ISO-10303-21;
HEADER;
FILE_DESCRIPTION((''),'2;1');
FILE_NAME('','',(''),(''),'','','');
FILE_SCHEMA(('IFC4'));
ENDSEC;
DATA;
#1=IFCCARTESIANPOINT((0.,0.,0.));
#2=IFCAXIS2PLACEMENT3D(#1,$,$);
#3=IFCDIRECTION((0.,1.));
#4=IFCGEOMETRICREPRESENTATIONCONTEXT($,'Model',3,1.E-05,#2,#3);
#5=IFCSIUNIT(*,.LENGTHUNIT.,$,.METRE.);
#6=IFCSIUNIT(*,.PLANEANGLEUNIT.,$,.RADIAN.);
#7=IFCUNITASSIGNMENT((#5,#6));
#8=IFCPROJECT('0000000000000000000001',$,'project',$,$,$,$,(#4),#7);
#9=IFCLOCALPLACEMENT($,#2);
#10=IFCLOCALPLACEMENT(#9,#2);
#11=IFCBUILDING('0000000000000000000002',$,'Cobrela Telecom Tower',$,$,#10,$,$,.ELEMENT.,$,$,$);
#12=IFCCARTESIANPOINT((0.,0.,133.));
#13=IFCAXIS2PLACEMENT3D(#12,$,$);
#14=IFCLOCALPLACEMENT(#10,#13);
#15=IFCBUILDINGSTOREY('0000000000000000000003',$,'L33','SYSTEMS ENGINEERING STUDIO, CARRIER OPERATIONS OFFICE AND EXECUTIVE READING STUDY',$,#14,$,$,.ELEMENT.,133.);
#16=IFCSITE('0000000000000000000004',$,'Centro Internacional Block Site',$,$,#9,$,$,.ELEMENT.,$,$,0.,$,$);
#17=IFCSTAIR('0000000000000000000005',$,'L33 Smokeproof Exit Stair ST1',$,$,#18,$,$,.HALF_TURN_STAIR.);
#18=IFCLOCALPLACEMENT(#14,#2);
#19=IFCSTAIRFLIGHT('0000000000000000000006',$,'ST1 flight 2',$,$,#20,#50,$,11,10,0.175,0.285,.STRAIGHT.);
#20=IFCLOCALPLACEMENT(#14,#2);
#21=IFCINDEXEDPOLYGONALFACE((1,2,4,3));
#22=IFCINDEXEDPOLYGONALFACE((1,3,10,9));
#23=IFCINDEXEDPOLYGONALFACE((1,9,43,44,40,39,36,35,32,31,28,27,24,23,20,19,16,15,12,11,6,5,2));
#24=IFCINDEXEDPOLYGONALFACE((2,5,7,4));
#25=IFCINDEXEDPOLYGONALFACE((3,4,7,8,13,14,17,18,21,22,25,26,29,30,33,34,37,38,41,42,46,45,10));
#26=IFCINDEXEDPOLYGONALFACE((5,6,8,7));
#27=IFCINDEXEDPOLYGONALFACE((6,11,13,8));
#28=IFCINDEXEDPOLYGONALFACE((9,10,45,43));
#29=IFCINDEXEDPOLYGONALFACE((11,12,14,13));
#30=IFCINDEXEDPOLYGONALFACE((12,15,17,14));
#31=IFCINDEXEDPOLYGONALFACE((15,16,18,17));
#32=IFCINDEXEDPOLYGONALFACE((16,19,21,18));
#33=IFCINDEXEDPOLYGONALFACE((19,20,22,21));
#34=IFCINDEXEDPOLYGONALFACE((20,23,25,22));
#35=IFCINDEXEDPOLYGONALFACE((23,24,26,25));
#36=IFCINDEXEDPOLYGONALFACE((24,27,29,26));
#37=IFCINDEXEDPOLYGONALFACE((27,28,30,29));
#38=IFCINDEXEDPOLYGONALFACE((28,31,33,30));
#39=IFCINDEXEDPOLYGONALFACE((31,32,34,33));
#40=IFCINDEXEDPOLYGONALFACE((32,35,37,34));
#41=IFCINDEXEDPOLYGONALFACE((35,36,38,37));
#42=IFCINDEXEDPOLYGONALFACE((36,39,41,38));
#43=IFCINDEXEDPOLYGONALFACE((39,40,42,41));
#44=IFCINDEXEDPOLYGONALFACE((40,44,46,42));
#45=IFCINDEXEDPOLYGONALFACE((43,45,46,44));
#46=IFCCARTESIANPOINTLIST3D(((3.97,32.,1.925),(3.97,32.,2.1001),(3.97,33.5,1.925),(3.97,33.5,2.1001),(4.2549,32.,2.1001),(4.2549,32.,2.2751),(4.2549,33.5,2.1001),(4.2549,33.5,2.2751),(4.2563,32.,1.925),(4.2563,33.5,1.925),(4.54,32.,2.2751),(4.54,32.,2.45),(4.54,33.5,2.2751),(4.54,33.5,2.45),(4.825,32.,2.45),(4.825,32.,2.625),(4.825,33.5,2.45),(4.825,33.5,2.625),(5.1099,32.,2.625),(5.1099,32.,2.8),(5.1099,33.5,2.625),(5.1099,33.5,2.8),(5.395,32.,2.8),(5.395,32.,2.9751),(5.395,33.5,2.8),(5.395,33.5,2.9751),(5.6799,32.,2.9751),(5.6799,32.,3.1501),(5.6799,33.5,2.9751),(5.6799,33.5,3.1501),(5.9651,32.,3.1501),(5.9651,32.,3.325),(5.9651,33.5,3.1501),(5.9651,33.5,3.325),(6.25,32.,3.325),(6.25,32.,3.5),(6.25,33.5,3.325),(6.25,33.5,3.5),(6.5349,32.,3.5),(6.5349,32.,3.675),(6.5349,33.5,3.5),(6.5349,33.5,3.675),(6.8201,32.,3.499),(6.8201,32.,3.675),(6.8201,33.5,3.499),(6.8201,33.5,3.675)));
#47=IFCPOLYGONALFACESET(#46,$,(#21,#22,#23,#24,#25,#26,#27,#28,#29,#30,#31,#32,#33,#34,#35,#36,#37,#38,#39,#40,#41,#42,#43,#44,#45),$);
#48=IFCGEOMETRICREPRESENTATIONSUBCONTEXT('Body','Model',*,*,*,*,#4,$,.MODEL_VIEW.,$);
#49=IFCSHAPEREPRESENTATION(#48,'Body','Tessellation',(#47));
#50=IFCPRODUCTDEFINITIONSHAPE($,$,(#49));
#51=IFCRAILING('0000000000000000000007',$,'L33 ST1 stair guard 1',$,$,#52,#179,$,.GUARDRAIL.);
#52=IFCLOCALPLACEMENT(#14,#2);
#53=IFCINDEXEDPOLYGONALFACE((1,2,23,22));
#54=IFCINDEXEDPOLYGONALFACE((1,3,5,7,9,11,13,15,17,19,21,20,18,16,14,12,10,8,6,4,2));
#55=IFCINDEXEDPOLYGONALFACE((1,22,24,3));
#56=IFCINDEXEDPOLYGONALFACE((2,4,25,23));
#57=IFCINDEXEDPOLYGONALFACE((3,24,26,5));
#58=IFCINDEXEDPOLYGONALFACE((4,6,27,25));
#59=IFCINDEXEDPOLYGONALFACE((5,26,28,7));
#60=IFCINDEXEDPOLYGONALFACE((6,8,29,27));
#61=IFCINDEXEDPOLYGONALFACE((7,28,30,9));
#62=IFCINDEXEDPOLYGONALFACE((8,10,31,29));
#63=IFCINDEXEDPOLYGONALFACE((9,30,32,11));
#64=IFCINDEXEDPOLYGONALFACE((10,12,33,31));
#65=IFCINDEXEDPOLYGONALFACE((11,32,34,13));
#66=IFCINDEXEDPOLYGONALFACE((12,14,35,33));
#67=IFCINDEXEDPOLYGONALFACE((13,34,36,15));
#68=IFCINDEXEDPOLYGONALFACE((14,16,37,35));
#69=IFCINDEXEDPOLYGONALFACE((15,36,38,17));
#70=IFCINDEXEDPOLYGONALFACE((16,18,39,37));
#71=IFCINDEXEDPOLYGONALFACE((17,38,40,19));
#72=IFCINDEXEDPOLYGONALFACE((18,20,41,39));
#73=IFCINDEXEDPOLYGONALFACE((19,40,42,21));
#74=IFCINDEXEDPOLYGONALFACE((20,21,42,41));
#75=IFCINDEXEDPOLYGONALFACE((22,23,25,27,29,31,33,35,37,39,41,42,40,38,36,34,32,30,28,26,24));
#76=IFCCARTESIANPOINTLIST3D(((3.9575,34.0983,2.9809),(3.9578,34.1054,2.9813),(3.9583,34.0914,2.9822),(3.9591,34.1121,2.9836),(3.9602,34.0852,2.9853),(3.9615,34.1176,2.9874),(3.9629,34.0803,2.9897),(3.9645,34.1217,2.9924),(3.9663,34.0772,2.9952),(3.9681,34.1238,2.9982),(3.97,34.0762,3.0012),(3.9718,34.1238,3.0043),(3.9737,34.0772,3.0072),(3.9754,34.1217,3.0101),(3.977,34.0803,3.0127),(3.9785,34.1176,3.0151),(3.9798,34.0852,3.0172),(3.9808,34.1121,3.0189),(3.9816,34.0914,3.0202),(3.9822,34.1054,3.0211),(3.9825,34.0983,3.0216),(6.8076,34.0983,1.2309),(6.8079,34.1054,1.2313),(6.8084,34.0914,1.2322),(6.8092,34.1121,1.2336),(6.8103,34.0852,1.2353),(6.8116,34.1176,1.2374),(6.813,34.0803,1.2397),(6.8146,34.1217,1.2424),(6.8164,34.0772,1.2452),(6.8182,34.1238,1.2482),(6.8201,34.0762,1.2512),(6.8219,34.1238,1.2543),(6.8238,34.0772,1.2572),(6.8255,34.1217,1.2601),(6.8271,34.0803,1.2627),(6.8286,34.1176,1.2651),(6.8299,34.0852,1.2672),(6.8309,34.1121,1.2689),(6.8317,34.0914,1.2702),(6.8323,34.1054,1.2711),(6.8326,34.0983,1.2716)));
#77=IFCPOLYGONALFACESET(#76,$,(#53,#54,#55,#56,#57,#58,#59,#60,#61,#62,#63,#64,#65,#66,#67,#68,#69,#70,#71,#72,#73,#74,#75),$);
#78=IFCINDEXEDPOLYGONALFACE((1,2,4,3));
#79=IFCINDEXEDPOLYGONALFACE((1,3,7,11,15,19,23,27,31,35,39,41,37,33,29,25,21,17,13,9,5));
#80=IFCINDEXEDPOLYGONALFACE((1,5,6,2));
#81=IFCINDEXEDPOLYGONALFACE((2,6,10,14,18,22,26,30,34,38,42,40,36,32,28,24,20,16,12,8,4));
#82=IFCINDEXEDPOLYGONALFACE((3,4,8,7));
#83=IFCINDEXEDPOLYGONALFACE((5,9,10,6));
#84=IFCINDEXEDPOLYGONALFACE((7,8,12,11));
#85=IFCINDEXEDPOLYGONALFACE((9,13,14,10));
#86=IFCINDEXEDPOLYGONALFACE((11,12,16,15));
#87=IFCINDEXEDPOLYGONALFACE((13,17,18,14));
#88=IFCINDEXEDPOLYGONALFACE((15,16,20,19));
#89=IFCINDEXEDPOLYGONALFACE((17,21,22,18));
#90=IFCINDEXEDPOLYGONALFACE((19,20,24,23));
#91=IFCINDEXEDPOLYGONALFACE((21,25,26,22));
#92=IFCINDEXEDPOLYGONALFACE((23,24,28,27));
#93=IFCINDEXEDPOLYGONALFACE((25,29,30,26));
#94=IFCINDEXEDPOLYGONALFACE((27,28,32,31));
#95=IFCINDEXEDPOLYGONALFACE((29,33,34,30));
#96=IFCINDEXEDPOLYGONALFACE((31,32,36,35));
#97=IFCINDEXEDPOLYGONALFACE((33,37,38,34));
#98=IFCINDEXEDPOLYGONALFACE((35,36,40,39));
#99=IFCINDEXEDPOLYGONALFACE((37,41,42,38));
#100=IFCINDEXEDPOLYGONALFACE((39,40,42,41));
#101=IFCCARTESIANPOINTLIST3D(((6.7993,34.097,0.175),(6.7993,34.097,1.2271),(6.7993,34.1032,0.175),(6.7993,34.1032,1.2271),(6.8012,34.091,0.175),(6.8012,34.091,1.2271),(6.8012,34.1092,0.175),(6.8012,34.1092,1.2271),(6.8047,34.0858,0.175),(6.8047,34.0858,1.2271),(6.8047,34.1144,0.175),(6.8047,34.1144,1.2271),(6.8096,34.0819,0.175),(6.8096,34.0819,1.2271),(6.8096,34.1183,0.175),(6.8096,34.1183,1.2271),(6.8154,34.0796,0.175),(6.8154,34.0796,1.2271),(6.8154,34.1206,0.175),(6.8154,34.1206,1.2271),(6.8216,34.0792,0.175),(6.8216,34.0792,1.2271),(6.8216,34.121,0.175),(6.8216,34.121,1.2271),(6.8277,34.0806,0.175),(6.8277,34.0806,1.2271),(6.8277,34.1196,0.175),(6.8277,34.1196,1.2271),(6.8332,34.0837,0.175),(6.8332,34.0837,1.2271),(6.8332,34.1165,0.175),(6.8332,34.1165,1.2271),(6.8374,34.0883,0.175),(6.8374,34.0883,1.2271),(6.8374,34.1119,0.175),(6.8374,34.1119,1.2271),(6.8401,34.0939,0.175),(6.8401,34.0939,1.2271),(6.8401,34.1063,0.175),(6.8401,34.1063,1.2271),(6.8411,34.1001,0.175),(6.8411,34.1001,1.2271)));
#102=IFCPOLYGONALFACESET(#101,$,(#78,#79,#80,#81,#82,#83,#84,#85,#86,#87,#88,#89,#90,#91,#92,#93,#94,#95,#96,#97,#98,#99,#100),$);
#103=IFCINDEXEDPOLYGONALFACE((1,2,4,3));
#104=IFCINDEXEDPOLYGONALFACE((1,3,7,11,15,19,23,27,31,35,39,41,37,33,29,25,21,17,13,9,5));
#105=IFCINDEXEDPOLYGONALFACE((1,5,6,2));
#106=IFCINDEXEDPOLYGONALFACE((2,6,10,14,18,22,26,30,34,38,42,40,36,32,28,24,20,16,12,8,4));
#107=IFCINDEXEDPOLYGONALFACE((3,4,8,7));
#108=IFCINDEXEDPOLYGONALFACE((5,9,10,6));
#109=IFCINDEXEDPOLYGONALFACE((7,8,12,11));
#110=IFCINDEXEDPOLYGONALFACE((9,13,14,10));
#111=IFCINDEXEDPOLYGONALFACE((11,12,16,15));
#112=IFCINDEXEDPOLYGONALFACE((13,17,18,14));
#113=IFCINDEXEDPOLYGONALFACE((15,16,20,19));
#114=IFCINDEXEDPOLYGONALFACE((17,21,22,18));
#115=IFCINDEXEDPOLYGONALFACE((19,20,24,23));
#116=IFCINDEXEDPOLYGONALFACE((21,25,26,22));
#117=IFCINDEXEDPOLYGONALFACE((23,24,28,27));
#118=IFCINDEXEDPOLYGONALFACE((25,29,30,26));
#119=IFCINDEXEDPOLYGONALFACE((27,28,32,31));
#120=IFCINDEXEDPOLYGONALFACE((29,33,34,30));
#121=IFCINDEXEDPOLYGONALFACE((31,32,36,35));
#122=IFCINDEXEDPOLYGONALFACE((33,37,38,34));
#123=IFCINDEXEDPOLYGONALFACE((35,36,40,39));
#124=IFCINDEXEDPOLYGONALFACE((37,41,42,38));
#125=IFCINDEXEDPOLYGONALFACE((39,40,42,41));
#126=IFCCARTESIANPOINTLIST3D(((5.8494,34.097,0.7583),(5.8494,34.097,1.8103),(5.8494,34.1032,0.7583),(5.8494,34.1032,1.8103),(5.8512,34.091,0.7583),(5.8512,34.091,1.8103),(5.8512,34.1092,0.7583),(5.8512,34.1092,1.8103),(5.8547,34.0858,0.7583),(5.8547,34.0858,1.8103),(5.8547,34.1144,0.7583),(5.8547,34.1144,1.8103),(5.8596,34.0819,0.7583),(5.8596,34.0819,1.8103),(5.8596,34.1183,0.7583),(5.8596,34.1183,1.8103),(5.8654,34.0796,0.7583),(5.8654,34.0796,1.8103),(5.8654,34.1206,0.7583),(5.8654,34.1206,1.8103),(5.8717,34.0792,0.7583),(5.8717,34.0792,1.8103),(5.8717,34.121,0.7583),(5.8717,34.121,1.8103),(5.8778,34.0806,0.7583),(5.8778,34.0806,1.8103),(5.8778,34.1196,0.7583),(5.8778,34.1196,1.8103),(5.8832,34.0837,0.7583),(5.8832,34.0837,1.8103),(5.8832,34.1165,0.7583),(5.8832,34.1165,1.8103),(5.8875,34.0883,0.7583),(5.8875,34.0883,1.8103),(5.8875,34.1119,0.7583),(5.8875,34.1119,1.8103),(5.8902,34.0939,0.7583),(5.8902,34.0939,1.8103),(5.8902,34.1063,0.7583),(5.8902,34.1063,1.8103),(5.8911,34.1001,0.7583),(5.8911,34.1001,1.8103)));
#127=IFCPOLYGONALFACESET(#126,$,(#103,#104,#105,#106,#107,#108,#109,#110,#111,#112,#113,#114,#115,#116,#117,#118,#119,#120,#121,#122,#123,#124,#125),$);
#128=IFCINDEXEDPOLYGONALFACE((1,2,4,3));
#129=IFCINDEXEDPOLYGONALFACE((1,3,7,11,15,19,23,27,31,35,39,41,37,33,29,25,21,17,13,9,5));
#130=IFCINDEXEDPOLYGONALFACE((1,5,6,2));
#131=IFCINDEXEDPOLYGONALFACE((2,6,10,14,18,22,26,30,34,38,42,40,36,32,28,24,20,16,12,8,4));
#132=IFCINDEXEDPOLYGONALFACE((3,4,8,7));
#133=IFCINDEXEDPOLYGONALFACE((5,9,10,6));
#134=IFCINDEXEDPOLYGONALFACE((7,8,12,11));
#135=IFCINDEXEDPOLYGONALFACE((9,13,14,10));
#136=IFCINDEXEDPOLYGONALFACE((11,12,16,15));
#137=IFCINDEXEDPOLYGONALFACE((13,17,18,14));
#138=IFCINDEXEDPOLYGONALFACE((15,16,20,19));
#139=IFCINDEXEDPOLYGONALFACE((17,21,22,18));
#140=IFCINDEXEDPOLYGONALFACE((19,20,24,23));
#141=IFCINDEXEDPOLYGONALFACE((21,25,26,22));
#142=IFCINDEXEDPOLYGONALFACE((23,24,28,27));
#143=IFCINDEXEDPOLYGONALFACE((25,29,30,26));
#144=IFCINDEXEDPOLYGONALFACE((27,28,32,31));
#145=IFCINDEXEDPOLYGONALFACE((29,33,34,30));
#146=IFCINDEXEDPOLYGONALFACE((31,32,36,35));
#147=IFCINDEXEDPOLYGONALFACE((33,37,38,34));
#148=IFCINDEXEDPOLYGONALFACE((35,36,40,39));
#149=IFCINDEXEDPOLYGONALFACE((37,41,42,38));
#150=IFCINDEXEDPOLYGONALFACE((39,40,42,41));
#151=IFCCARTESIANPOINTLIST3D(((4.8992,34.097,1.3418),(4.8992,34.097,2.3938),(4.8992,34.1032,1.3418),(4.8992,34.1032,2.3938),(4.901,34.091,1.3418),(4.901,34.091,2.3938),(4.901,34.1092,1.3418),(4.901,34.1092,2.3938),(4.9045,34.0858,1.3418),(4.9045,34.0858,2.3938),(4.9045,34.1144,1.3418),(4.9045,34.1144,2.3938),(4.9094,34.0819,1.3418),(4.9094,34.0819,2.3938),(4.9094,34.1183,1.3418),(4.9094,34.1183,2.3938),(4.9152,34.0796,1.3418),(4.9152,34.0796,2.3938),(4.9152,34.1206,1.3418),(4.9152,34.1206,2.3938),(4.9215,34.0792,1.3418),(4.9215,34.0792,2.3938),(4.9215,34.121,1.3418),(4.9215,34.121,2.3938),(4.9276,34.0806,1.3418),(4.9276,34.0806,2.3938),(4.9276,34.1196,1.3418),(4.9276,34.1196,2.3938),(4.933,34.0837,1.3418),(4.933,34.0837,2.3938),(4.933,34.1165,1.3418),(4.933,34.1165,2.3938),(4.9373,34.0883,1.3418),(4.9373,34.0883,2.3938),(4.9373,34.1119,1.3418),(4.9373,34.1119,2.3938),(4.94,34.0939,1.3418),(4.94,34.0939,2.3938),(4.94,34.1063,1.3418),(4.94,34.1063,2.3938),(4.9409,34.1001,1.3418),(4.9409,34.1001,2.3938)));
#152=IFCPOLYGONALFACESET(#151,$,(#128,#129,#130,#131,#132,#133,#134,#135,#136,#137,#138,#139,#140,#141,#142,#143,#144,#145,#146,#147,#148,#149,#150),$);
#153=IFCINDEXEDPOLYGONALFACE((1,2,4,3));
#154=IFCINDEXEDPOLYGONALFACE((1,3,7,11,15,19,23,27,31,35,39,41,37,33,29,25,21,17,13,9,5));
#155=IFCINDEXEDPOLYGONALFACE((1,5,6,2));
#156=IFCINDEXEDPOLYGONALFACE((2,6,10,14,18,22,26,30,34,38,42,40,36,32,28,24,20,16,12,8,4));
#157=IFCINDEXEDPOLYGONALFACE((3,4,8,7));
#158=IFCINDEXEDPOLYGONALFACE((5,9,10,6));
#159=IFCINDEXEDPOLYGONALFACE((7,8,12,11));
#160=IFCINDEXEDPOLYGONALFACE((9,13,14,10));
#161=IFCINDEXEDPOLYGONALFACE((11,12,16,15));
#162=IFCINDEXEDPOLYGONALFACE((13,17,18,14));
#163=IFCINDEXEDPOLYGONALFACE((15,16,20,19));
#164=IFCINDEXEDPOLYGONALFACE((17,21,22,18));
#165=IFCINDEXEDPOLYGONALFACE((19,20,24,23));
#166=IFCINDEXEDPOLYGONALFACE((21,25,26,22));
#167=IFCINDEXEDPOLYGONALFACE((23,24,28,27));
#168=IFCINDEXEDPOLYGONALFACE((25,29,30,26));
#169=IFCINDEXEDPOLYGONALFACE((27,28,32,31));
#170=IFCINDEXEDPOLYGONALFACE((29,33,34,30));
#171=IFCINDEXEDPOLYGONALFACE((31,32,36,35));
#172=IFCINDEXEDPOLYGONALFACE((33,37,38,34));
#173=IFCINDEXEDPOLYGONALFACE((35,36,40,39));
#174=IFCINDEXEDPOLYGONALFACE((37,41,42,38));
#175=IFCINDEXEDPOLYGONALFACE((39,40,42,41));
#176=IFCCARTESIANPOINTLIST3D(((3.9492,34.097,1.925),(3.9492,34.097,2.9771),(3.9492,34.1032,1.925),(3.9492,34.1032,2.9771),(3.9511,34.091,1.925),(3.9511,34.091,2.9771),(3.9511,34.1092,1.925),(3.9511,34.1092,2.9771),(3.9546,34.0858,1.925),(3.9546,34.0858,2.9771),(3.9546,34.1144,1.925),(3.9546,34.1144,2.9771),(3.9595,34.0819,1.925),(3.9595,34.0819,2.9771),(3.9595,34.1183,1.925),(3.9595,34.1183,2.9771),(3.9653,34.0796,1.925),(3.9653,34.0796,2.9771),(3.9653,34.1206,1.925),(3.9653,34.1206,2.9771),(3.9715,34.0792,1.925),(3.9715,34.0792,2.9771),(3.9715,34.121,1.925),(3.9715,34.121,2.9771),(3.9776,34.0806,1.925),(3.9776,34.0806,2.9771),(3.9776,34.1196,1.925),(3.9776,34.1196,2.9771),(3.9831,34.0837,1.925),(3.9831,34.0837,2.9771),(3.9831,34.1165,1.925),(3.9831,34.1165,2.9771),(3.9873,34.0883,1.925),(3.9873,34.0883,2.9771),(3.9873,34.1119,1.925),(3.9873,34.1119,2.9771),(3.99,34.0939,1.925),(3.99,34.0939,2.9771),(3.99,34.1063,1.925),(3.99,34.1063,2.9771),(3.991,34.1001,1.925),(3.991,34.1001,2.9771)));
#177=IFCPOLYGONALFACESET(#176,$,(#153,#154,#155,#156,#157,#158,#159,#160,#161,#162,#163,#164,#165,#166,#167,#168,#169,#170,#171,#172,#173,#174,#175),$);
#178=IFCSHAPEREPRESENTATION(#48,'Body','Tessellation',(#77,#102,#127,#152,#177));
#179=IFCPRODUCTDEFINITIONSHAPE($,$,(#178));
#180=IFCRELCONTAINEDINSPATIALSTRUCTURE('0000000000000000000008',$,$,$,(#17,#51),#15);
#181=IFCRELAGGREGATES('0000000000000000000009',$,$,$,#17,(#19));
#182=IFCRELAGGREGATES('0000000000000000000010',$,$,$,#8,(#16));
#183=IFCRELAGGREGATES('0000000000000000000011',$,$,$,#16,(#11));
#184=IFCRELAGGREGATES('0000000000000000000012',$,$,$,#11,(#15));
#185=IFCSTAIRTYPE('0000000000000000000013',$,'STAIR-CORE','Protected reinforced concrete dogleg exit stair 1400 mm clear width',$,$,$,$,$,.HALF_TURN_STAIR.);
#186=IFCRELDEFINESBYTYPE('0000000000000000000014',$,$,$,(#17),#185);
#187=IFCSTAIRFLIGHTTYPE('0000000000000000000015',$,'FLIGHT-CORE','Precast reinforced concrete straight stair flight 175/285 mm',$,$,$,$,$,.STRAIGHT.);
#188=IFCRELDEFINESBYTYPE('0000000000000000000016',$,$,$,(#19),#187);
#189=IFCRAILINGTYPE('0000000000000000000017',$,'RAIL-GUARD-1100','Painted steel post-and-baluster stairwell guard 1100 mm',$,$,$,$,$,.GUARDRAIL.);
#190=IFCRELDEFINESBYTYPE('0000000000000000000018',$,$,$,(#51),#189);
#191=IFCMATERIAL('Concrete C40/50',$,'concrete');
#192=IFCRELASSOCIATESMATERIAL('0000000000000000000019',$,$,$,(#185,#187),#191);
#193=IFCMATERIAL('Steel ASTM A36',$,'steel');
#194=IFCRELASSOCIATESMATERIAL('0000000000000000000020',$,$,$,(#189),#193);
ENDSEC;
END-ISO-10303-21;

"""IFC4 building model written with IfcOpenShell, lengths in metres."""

from ifc_helpers import new_model, si_unit, direction, frame, origin, origin_2d, place, context, subcontext, project, spatial, polyline, circle, outline, extrude, material, type_object, element, aggregate, save


model = new_model("IFC4")

# Units and contexts
model_context = context("Model", 3, precision=1e-05, world=origin(), true_north=direction((0.0, 1.0)))
body_context = subcontext(model_context, "Body", "Model", "MODEL_VIEW")
ifc_project = project(units=[si_unit("LENGTHUNIT", "METRE"), si_unit("PLANEANGLEUNIT", "RADIAN")], contexts=[model_context])

# Site, building, storey
site_placement = place(None, origin())
site = spatial("IfcSite", under=ifc_project, at=site_placement, Name="Centro Internacional Block Site", CompositionType="ELEMENT", RefElevation=0.0)
building_placement = place(site_placement, origin())
building = spatial("IfcBuilding", under=site, at=building_placement, Name="Cobrela Telecom Tower", CompositionType="ELEMENT")
storey_placement = place(building_placement, frame((0.0, 0.0, 133.0)))
storey = spatial("IfcBuildingStorey", under=building, at=storey_placement, Name="L33", Description="SYSTEMS ENGINEERING STUDIO, CARRIER OPERATIONS OFFICE AND EXECUTIVE READING STUDY", CompositionType="ELEMENT", Elevation=133.0)

# Shared definitions
ifc_material_1 = material(Name="Steel ASTM A36", Category="steel")

# Shared definitions
ifc_material_2 = material(Name="Concrete C40/50", Category="concrete")

# Stair, stair flight
stair_type = type_object("IfcStairType", Name="STAIR-CORE", Description="Protected reinforced concrete dogleg exit stair 1400 mm clear width", PredefinedType="HALF_TURN_STAIR", material=ifc_material_2)
stair_placement = place(storey_placement, origin())
stair = element("IfcStair", 1, at=stair_placement, inside=storey, type_object=stair_type, Name="L33 Smokeproof Exit Stair ST1", PredefinedType="HALF_TURN_STAIR")
stair_flight_type = type_object("IfcStairFlightType", Name="FLIGHT-CORE", Description="Precast reinforced concrete straight stair flight 175/285 mm", PredefinedType="STRAIGHT", material=ifc_material_2)
stair_flight_1_placement = place(storey_placement, frame((3.97, 32.75, 1.925), z_axis=(0.0, 0.0, 1.0), x_axis=(1.0, 0.0, 0.0)))
stair_flight_1 = element("IfcStairFlight", 2, at=stair_flight_1_placement, type_object=stair_flight_type, Name="ST1 flight 2", NumberOfRisers=11, NumberOfTreads=10, PredefinedType="STRAIGHT", RiserHeight=0.175, TreadLength=0.285, context=body_context, shape_type="SweptSolid", body=[
    extrude(outline(polyline([(0.0, 0.0), (0.0, 0.175), (0.2849, 0.175), (0.2849, 0.3501), (0.5701, 0.3501), (0.5701, 0.5249), (0.855, 0.5249), (0.855, 0.7), (1.1399, 0.7), (1.1399, 0.875), (1.425, 0.875), (1.425, 1.05), (1.71, 1.05), (1.71, 1.2251), (1.9951, 1.2251), (1.9951, 1.3999), (2.28, 1.3999), (2.28, 1.575), (2.5649, 1.575), (2.5649, 1.75), (2.8501, 1.75), (2.8501, 1.925), (2.8501, 1.574), (0.2864, 0.0), (0.0, 0.0)])), frame((0.0, 0.75, 0.0), z_axis=(0.0, -1.0, 0.0), x_axis=(1.0, 0.0, 0.0)), (0.0, 0.0, 1.0), 1.5),
])
aggregate(stair, [stair_flight_1])

# Railing
railing_type_1 = type_object("IfcRailingType", Name="RAIL-GUARD-1100", Description="Painted steel post-and-baluster stairwell guard 1100 mm", PredefinedType="GUARDRAIL", material=ifc_material_1)
railing_1_placement = place(storey_placement, frame((6.8201, 34.1001, 0.175)))
element("IfcRailing", 3, at=railing_1_placement, inside=storey, type_object=railing_type_1, Name="L33 ST1 stair guard 1", PredefinedType="GUARDRAIL", context=body_context, shape_type="SweptSolid", body=[
    extrude(circle(Radius=0.0239, at=origin_2d()), frame((0.0, 0.0, 1.0762), z_axis=(-0.852179, 0.0, 0.52325), x_axis=(0.0, -1.0, 0.0)), (0.0, 0.0, 1.0), 3.3445),
    extrude(circle(Radius=0.021, at=origin_2d()), origin(), (0.0, 0.0, 1.0), 1.052),
    extrude(circle(Radius=0.021, at=origin_2d()), frame((-0.95, 0.0, 0.5833)), (0.0, 0.0, 1.0), 1.052),
    extrude(circle(Radius=0.021, at=origin_2d()), frame((-1.9001, 0.0, 1.1667)), (0.0, 0.0, 1.0), 1.052),
    extrude(circle(Radius=0.021, at=origin_2d()), frame((-2.8501, 0.0, 1.75)), (0.0, 0.0, 1.0), 1.052),
])

save(model, "model.ifc")
